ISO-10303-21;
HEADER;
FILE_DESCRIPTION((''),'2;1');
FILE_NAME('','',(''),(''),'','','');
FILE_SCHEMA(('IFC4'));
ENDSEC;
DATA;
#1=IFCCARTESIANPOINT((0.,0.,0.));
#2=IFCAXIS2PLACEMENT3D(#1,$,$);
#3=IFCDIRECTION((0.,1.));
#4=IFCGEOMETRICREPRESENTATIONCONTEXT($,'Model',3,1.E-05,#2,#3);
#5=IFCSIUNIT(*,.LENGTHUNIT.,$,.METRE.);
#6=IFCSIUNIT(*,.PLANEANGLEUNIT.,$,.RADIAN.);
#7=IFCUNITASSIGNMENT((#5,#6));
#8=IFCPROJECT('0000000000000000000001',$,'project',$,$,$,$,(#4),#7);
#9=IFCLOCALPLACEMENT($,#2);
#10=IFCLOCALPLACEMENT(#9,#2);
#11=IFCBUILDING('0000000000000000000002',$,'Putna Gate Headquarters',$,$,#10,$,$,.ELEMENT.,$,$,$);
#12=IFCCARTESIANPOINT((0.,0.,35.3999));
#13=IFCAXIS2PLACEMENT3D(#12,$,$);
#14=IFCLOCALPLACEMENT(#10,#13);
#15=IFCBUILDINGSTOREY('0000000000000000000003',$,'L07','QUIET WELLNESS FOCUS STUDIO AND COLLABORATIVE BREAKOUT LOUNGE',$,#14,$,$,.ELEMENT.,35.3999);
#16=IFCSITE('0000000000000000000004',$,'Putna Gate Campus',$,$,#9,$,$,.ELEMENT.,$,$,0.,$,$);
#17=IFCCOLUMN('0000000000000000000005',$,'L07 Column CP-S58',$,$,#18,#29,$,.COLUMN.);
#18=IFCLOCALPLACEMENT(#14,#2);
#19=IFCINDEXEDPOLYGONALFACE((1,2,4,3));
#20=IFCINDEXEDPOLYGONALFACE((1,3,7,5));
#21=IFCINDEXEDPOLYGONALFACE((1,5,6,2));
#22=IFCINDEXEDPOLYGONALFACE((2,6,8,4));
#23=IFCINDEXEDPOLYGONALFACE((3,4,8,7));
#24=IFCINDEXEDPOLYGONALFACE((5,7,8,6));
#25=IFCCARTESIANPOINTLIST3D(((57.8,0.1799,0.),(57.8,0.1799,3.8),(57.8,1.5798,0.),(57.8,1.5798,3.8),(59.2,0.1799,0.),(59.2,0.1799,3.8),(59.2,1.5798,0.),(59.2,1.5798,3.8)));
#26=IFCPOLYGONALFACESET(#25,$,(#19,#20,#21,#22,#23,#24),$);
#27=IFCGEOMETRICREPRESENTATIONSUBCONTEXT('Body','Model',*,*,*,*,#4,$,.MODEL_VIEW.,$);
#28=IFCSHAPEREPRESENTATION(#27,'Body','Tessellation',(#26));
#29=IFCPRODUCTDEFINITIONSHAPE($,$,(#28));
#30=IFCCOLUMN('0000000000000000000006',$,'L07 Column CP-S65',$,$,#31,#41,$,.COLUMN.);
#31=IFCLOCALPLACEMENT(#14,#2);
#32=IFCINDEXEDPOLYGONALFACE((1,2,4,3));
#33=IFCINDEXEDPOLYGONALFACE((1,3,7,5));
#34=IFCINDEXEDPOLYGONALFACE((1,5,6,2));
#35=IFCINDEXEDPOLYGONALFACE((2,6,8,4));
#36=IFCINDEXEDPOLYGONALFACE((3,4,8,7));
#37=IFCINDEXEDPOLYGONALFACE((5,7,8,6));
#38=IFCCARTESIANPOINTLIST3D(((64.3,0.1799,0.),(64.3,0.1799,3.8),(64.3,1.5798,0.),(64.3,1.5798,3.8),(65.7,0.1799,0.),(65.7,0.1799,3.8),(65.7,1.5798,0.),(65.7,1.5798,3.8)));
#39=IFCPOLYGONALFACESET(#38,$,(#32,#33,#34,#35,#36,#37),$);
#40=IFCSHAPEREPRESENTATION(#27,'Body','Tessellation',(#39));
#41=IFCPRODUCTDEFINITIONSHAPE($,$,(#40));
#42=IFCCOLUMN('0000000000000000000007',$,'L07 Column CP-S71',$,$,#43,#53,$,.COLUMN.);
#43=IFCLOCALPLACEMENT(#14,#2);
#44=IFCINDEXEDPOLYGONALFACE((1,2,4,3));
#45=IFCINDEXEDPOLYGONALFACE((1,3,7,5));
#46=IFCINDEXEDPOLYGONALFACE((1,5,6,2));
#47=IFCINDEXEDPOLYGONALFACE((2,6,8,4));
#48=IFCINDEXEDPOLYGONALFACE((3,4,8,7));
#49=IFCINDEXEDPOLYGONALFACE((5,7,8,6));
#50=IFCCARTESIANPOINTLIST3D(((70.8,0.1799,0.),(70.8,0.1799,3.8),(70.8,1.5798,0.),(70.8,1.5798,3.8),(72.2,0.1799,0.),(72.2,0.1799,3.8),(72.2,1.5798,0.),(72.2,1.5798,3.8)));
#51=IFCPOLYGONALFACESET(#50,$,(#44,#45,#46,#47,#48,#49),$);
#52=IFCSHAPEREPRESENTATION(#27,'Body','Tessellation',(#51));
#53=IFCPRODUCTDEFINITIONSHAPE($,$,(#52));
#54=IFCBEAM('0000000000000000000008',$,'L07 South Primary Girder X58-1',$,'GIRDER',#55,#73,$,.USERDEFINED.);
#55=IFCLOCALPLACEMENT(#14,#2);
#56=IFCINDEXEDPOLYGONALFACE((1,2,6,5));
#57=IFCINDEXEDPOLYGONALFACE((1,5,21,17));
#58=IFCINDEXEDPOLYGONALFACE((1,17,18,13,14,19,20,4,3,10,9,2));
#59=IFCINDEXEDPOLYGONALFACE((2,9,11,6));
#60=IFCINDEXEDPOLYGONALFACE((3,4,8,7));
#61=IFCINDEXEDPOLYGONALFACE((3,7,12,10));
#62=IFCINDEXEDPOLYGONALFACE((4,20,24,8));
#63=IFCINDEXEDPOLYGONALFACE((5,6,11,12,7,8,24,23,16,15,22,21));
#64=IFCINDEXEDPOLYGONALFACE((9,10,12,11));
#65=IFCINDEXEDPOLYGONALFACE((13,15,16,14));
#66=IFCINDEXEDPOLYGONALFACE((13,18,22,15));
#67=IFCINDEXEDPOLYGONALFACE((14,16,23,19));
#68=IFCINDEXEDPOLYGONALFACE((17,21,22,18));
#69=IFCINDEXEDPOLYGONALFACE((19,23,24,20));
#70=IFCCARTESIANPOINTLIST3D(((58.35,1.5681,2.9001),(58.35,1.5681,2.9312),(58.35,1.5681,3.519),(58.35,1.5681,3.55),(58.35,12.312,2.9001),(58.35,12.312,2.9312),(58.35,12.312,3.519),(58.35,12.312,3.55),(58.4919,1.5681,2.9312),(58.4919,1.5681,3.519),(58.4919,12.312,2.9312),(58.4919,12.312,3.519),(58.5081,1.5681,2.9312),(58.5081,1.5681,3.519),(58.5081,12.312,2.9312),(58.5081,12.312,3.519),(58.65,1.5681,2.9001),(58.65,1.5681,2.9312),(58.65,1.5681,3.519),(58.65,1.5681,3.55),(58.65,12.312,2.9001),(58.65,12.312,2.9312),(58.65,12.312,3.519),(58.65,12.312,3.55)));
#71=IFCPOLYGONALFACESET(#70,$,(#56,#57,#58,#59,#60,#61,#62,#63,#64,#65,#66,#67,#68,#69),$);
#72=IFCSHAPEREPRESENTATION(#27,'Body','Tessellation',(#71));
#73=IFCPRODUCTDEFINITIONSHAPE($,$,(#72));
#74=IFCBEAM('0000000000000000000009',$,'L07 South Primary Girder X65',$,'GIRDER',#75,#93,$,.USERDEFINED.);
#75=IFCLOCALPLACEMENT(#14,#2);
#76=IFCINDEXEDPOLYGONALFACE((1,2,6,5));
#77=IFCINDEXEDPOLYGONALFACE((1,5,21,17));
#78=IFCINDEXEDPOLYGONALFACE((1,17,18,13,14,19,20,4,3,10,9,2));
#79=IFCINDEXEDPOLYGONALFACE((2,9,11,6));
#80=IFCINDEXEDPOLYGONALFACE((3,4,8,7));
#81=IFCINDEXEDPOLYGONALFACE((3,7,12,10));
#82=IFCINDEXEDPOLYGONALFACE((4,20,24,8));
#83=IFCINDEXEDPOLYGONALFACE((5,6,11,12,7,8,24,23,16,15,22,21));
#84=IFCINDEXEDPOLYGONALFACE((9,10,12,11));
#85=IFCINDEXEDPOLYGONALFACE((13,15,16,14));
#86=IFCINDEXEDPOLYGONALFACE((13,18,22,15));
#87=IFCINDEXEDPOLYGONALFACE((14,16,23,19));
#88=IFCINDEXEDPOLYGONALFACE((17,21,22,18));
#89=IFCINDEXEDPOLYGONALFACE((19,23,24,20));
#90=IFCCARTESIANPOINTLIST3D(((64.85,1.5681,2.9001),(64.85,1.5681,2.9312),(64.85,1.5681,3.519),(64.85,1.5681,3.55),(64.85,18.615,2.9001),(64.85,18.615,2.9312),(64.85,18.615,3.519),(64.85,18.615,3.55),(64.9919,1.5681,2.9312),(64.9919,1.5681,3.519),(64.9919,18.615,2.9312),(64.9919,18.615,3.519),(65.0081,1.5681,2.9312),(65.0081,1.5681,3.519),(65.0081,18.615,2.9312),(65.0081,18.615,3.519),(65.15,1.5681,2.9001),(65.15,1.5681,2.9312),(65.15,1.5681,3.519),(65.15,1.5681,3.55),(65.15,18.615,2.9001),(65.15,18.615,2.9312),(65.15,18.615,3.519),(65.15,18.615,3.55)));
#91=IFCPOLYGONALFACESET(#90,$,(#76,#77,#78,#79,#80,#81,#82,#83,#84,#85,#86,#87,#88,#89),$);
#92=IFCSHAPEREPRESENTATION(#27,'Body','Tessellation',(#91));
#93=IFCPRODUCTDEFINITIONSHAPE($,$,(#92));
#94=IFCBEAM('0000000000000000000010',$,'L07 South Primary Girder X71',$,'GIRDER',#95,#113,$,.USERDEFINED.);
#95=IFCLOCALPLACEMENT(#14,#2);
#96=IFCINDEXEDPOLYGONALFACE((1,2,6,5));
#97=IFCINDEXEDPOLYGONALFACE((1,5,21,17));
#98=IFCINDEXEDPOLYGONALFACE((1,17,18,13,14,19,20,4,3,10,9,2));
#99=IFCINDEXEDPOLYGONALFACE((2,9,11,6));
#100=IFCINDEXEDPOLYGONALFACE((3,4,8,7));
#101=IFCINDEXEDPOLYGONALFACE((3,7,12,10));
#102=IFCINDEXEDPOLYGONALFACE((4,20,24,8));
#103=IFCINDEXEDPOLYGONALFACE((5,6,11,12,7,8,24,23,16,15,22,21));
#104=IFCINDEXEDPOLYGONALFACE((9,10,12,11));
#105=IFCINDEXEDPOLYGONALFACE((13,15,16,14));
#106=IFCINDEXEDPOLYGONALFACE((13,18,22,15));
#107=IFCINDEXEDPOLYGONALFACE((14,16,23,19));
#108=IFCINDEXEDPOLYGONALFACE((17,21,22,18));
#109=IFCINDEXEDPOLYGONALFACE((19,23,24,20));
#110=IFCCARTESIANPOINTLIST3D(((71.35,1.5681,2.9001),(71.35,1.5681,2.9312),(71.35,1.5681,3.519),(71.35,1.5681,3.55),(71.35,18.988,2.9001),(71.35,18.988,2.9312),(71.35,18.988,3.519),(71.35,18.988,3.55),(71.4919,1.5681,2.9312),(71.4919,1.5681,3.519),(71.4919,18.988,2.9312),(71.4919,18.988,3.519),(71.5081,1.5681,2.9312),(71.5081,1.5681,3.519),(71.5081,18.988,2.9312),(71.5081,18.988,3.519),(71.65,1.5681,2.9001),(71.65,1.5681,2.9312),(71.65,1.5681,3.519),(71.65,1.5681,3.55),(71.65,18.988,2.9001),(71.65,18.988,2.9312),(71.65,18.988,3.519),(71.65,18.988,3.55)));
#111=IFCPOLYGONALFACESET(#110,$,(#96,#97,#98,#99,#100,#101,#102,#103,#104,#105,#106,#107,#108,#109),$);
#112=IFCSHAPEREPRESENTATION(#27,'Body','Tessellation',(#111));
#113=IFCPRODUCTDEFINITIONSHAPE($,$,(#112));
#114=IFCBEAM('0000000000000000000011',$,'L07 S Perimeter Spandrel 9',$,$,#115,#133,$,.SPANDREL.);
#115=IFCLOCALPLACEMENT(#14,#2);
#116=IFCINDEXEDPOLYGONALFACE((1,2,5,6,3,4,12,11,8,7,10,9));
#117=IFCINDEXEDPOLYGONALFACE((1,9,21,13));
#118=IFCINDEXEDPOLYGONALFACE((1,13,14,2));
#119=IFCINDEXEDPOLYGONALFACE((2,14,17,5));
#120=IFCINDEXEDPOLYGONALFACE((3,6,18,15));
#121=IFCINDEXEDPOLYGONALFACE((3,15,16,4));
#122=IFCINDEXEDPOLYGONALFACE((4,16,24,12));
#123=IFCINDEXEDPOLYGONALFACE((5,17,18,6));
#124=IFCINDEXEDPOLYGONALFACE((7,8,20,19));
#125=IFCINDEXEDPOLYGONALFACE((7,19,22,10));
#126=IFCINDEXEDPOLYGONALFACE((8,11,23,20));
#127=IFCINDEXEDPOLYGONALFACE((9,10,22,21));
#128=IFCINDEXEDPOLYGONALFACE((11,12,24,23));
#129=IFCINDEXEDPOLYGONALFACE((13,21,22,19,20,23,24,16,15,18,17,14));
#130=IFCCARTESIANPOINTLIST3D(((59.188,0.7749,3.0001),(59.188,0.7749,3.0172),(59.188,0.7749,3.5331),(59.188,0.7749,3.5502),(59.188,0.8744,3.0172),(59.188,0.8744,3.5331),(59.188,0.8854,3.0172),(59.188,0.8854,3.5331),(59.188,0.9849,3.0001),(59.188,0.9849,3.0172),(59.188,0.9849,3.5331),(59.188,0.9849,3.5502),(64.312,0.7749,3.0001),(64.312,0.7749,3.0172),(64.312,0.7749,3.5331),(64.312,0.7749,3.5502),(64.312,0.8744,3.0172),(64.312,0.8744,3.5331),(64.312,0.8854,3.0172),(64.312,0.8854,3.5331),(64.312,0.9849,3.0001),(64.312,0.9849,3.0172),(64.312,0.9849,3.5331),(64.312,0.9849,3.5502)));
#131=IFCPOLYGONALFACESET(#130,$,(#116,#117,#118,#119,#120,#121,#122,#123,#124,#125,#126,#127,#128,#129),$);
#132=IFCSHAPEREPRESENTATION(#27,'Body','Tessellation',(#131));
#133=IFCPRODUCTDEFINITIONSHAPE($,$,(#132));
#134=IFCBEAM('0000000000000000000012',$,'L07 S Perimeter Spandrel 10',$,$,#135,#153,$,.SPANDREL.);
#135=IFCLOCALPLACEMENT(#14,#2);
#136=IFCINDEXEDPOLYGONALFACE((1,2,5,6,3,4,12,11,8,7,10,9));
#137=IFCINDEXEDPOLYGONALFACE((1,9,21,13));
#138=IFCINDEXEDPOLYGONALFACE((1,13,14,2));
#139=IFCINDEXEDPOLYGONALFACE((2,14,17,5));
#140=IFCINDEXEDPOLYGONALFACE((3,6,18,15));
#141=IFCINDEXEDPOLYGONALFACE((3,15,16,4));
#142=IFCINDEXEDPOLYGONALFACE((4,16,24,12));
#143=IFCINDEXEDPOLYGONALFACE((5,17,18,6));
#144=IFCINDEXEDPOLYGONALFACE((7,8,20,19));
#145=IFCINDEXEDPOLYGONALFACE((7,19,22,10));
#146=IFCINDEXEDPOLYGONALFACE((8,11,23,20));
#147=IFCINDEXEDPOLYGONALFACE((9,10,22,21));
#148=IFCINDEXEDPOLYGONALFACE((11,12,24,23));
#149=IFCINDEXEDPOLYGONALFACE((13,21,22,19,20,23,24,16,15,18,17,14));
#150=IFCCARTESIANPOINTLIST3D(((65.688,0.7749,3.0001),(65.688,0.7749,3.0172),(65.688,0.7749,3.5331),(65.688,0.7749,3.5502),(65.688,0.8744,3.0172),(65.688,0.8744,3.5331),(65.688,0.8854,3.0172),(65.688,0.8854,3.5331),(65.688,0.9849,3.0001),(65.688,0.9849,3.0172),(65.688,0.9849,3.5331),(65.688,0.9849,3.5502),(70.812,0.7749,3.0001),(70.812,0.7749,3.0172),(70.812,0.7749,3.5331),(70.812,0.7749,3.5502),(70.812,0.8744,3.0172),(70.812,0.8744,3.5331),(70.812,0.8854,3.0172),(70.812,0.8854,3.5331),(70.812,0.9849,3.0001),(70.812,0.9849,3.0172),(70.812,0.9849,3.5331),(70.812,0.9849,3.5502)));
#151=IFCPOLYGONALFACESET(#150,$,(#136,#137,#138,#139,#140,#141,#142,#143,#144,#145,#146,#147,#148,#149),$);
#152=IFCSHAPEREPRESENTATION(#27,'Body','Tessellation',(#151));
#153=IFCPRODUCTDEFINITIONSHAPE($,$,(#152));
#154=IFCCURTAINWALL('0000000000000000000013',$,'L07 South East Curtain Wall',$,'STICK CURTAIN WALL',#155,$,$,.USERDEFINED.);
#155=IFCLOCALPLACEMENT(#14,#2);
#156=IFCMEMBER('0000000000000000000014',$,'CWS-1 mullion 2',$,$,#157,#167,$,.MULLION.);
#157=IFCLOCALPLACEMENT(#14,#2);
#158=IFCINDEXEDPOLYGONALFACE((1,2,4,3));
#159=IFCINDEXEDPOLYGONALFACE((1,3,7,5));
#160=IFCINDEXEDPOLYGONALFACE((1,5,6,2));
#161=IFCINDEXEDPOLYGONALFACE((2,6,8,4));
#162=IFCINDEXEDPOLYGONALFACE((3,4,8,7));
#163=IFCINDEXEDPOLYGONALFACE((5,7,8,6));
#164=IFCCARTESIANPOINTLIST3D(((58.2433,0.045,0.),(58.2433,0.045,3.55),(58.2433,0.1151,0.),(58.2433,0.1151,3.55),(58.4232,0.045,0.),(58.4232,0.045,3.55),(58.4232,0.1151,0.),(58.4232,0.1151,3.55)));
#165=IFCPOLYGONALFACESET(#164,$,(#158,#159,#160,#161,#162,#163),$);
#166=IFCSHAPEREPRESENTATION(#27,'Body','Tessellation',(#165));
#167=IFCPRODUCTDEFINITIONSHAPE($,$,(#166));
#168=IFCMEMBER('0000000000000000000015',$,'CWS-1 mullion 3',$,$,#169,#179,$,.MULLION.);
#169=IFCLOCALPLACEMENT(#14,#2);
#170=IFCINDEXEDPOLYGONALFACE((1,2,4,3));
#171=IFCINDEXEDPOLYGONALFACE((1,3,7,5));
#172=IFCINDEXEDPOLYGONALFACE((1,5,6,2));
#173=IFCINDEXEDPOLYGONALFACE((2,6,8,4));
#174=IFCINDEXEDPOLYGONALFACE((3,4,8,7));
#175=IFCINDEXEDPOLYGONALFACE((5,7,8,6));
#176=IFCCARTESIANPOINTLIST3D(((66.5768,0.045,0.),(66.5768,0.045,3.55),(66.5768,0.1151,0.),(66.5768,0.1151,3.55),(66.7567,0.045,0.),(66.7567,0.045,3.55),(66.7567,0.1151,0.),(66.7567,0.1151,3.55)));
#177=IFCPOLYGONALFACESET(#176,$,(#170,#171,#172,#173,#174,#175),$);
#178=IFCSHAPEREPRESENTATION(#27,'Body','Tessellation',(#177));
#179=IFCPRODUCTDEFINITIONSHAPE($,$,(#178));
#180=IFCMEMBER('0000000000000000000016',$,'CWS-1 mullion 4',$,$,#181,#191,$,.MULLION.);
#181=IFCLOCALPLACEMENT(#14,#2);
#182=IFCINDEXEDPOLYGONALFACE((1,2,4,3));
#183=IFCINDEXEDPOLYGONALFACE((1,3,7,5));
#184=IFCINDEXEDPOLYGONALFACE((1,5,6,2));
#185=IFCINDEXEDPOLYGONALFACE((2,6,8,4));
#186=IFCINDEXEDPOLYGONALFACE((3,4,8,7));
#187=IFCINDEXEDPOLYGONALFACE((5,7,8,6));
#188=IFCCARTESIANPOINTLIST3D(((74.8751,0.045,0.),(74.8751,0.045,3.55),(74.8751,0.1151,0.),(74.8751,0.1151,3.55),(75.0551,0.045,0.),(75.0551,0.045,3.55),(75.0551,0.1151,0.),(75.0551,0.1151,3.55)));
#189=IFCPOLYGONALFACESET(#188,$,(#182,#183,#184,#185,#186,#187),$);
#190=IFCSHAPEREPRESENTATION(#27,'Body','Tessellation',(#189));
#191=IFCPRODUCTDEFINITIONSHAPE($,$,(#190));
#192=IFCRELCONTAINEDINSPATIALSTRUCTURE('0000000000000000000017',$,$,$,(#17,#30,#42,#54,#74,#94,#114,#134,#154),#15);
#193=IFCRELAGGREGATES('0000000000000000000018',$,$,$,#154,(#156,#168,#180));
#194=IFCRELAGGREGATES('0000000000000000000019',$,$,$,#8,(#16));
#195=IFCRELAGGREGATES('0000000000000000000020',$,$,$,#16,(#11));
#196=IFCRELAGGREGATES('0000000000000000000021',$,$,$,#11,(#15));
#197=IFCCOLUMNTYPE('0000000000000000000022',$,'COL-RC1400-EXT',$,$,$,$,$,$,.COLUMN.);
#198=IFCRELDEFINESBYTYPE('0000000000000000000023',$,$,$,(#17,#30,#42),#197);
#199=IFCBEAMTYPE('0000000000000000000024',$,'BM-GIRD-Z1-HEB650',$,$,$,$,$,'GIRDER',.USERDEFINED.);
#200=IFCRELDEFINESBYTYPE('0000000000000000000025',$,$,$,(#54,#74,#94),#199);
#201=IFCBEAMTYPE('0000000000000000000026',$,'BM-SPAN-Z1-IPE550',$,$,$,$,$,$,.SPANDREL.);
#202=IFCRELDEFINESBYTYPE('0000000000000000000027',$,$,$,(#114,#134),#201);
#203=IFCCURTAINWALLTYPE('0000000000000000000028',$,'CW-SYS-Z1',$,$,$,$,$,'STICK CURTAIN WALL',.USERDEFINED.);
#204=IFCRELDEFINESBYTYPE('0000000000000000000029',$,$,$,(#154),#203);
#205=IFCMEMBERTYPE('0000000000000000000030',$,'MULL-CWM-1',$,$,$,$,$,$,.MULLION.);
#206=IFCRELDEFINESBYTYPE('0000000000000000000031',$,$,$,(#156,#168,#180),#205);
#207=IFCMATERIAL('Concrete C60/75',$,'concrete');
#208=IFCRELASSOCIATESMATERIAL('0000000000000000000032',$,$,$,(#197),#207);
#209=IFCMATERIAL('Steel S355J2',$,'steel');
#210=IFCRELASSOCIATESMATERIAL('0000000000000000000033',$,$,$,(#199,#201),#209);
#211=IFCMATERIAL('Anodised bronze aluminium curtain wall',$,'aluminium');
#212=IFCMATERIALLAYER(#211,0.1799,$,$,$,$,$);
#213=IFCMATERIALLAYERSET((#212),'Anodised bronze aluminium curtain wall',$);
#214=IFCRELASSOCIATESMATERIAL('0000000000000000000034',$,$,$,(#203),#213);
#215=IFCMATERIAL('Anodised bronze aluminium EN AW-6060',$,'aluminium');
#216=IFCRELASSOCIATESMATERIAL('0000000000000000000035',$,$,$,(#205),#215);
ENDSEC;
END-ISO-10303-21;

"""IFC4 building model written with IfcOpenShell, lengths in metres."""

from ifc_helpers import new_model, si_unit, direction, frame, origin, origin_2d, place, context, subcontext, project, spatial, rectangle, i_section, extrude, material, layer, layer_set, material_profile, profile_set, type_object, element, aggregate, save


model = new_model("IFC4")

# Units and contexts
model_context = context("Model", 3, precision=1e-05, world=origin(), true_north=direction((0.0, 1.0)))
body_context = subcontext(model_context, "Body", "Model", "MODEL_VIEW")
ifc_project = project(units=[si_unit("LENGTHUNIT", "METRE"), si_unit("PLANEANGLEUNIT", "RADIAN")], contexts=[model_context])

# Site, building, storey
site_placement = place(None, origin())
site = spatial("IfcSite", under=ifc_project, at=site_placement, Name="Putna Gate Campus", CompositionType="ELEMENT", RefElevation=0.0)
building_placement = place(site_placement, origin())
building = spatial("IfcBuilding", under=site, at=building_placement, Name="Putna Gate Headquarters", CompositionType="ELEMENT")
storey_placement = place(building_placement, frame((0.0, 0.0, 35.3999)))
storey = spatial("IfcBuildingStorey", under=building, at=storey_placement, Name="L07", Description="QUIET WELLNESS FOCUS STUDIO AND COLLABORATIVE BREAKOUT LOUNGE", CompositionType="ELEMENT", Elevation=35.3999)

# Columns
ifc_material_1 = material(Name="Concrete C60/75", Category="concrete")
ifc_material_profile_1 = material_profile(ifc_material_1, rectangle(XDim=1.3999, YDim=1.3999, at=origin_2d()), Name="Concrete C60/75")
ifc_profile_set_1 = profile_set([ifc_material_profile_1], Name="Concrete C60/75")
column_type = type_object("IfcColumnType", Name="COL-RC1400-EXT", PredefinedType="COLUMN", material=ifc_profile_set_1)
for number, where, z_axis, x_axis, name in (
    (1, (58.5, 0.8799, 0.0), (0.0, 0.0, 1.0), (1.0, 0.0, 0.0), "L07 Column CP-S58"),
    (2, (65.0, 0.8799, 0.0), (0.0, 0.0, 1.0), (1.0, 0.0, 0.0), "L07 Column CP-S65"),
    (3, (71.5, 0.8799, 0.0), (0.0, 0.0, 1.0), (1.0, 0.0, 0.0), "L07 Column CP-S71"),
):
    element("IfcColumn", number, at=place(storey_placement, frame(where, z_axis=z_axis, x_axis=x_axis)), inside=storey, type_object=column_type, Name=name, PredefinedType="COLUMN", context=body_context, shape_type="SweptSolid", body=[
        extrude(rectangle(XDim=1.3999, YDim=1.3999, at=origin_2d()), origin(), (0.0, 0.0, 1.0), 3.8),
    ])

# Beams
ifc_material_2 = material(Name="Steel S355J2", Category="steel")
ifc_material_profile_2 = material_profile(ifc_material_2, i_section(OverallWidth=0.3, OverallDepth=0.6499, WebThickness=0.0161, FlangeThickness=0.031, at=origin_2d()), Name="Steel S355J2")
ifc_profile_set_2 = profile_set([ifc_material_profile_2], Name="Steel S355J2")
beam_type_1 = type_object("IfcBeamType", Name="BM-GIRD-Z1-HEB650", ElementType="GIRDER", PredefinedType="USERDEFINED", material=ifc_profile_set_2)
beam_1_placement = place(storey_placement, frame((58.5, 1.5681, 3.2251), z_axis=(0.0, 1.0, 0.0), x_axis=(-1.0, 0.0, 0.0)))
element("IfcBeam", 4, at=beam_1_placement, inside=storey, type_object=beam_type_1, Name="L07 South Primary Girder X58-1", ObjectType="GIRDER", PredefinedType="USERDEFINED", context=body_context, shape_type="SweptSolid", body=[
    extrude(i_section(OverallWidth=0.3, OverallDepth=0.6499, WebThickness=0.0161, FlangeThickness=0.031, at=origin_2d()), origin(), (0.0, 0.0, 1.0), 10.7439),
])
beam_2_placement = place(storey_placement, frame((65.0, 1.5681, 3.2251), z_axis=(0.0, 1.0, 0.0), x_axis=(-1.0, 0.0, 0.0)))
element("IfcBeam", 5, at=beam_2_placement, inside=storey, type_object=beam_type_1, Name="L07 South Primary Girder X65", ObjectType="GIRDER", PredefinedType="USERDEFINED", context=body_context, shape_type="SweptSolid", body=[
    extrude(i_section(OverallWidth=0.3, OverallDepth=0.6499, WebThickness=0.0161, FlangeThickness=0.031, at=origin_2d()), origin(), (0.0, 0.0, 1.0), 17.0469),
])
beam_3_placement = place(storey_placement, frame((71.5, 1.5681, 3.2251), z_axis=(0.0, 1.0, 0.0), x_axis=(-1.0, 0.0, 0.0)))
element("IfcBeam", 6, at=beam_3_placement, inside=storey, type_object=beam_type_1, Name="L07 South Primary Girder X71", ObjectType="GIRDER", PredefinedType="USERDEFINED", context=body_context, shape_type="SweptSolid", body=[
    extrude(i_section(OverallWidth=0.3, OverallDepth=0.6499, WebThickness=0.0161, FlangeThickness=0.031, at=origin_2d()), origin(), (0.0, 0.0, 1.0), 17.4199),
])
ifc_material_profile_3 = material_profile(ifc_material_2, i_section(OverallWidth=0.21, OverallDepth=0.55, WebThickness=0.011, FlangeThickness=0.0171, at=origin_2d()), Name="Steel S355J2")
ifc_profile_set_3 = profile_set([ifc_material_profile_3], Name="Steel S355J2")
beam_type_2 = type_object("IfcBeamType", Name="BM-SPAN-Z1-IPE550", PredefinedType="SPANDREL", material=ifc_profile_set_3)
for number, where, z_axis, x_axis, name in (
    (7, (59.188, 0.8799, 3.2751), (1.0, 0.0, 0.0), (0.0, 1.0, 0.0), "L07 S Perimeter Spandrel 9"),
    (8, (65.688, 0.8799, 3.2751), (1.0, 0.0, 0.0), (0.0, 1.0, 0.0), "L07 S Perimeter Spandrel 10"),
):
    element("IfcBeam", number, at=place(storey_placement, frame(where, z_axis=z_axis, x_axis=x_axis)), inside=storey, type_object=beam_type_2, Name=name, PredefinedType="SPANDREL", context=body_context, shape_type="SweptSolid", body=[
        extrude(i_section(OverallWidth=0.21, OverallDepth=0.55, WebThickness=0.011, FlangeThickness=0.0171, at=origin_2d()), origin(), (0.0, 0.0, 1.0), 5.124),
    ])

# Curtain wall, members
ifc_material_3 = material(Name="Anodised bronze aluminium curtain wall", Category="aluminium")
ifc_layer_1 = layer(ifc_material_3, 0.1799)
ifc_layer_set_1 = layer_set([ifc_layer_1], Name="Anodised bronze aluminium curtain wall")
curtain_wall_type = type_object("IfcCurtainWallType", Name="CW-SYS-Z1", ElementType="STICK CURTAIN WALL", PredefinedType="USERDEFINED", material=ifc_layer_set_1)
curtain_wall_1_placement = place(storey_placement, origin())
curtain_wall_1 = element("IfcCurtainWall", 9, at=curtain_wall_1_placement, inside=storey, type_object=curtain_wall_type, Name="L07 South East Curtain Wall", ObjectType="STICK CURTAIN WALL", PredefinedType="USERDEFINED")
ifc_material_4 = material(Name="Anodised bronze aluminium EN AW-6060", Category="aluminium")
ifc_material_profile_4 = material_profile(ifc_material_4, rectangle(XDim=0.0701, YDim=0.1799, at=origin_2d()), Name="Anodised bronze aluminium EN AW-6060")
ifc_profile_set_4 = profile_set([ifc_material_profile_4], Name="Anodised bronze aluminium EN AW-6060")
member_type_1 = type_object("IfcMemberType", Name="MULL-CWM-1", PredefinedType="MULLION", material=ifc_profile_set_4)
member_1_placement = place(storey_placement, frame((58.3333, 0.0801, 0.0), z_axis=(0.0, 0.0, 1.0), x_axis=(0.0, 1.0, 0.0)))
member_1 = element("IfcMember", 10, at=member_1_placement, type_object=member_type_1, Name="CWS-1 mullion 2", PredefinedType="MULLION", context=body_context, shape_type="SweptSolid", body=[
    extrude(rectangle(XDim=0.0701, YDim=0.1799, at=origin_2d()), origin(), (0.0, 0.0, 1.0), 3.55),
])
member_2_placement = place(storey_placement, frame((66.6667, 0.0801, 0.0), z_axis=(0.0, 0.0, 1.0), x_axis=(0.0, 1.0, 0.0)))
member_2 = element("IfcMember", 11, at=member_2_placement, type_object=member_type_1, Name="CWS-1 mullion 3", PredefinedType="MULLION", context=body_context, shape_type="SweptSolid", body=[
    extrude(rectangle(XDim=0.0701, YDim=0.1799, at=origin_2d()), origin(), (0.0, 0.0, 1.0), 3.55),
])
member_3_placement = place(storey_placement, frame((74.9651, 0.0801, 0.0), z_axis=(0.0, 0.0, 1.0), x_axis=(0.0, 1.0, 0.0)))
member_3 = element("IfcMember", 12, at=member_3_placement, type_object=member_type_1, Name="CWS-1 mullion 4", PredefinedType="MULLION", context=body_context, shape_type="SweptSolid", body=[
    extrude(rectangle(XDim=0.0701, YDim=0.1799, at=origin_2d()), origin(), (0.0, 0.0, 1.0), 3.55),
])

aggregate(curtain_wall_1, [member_1, member_2, member_3])

save(model, "model.ifc")
